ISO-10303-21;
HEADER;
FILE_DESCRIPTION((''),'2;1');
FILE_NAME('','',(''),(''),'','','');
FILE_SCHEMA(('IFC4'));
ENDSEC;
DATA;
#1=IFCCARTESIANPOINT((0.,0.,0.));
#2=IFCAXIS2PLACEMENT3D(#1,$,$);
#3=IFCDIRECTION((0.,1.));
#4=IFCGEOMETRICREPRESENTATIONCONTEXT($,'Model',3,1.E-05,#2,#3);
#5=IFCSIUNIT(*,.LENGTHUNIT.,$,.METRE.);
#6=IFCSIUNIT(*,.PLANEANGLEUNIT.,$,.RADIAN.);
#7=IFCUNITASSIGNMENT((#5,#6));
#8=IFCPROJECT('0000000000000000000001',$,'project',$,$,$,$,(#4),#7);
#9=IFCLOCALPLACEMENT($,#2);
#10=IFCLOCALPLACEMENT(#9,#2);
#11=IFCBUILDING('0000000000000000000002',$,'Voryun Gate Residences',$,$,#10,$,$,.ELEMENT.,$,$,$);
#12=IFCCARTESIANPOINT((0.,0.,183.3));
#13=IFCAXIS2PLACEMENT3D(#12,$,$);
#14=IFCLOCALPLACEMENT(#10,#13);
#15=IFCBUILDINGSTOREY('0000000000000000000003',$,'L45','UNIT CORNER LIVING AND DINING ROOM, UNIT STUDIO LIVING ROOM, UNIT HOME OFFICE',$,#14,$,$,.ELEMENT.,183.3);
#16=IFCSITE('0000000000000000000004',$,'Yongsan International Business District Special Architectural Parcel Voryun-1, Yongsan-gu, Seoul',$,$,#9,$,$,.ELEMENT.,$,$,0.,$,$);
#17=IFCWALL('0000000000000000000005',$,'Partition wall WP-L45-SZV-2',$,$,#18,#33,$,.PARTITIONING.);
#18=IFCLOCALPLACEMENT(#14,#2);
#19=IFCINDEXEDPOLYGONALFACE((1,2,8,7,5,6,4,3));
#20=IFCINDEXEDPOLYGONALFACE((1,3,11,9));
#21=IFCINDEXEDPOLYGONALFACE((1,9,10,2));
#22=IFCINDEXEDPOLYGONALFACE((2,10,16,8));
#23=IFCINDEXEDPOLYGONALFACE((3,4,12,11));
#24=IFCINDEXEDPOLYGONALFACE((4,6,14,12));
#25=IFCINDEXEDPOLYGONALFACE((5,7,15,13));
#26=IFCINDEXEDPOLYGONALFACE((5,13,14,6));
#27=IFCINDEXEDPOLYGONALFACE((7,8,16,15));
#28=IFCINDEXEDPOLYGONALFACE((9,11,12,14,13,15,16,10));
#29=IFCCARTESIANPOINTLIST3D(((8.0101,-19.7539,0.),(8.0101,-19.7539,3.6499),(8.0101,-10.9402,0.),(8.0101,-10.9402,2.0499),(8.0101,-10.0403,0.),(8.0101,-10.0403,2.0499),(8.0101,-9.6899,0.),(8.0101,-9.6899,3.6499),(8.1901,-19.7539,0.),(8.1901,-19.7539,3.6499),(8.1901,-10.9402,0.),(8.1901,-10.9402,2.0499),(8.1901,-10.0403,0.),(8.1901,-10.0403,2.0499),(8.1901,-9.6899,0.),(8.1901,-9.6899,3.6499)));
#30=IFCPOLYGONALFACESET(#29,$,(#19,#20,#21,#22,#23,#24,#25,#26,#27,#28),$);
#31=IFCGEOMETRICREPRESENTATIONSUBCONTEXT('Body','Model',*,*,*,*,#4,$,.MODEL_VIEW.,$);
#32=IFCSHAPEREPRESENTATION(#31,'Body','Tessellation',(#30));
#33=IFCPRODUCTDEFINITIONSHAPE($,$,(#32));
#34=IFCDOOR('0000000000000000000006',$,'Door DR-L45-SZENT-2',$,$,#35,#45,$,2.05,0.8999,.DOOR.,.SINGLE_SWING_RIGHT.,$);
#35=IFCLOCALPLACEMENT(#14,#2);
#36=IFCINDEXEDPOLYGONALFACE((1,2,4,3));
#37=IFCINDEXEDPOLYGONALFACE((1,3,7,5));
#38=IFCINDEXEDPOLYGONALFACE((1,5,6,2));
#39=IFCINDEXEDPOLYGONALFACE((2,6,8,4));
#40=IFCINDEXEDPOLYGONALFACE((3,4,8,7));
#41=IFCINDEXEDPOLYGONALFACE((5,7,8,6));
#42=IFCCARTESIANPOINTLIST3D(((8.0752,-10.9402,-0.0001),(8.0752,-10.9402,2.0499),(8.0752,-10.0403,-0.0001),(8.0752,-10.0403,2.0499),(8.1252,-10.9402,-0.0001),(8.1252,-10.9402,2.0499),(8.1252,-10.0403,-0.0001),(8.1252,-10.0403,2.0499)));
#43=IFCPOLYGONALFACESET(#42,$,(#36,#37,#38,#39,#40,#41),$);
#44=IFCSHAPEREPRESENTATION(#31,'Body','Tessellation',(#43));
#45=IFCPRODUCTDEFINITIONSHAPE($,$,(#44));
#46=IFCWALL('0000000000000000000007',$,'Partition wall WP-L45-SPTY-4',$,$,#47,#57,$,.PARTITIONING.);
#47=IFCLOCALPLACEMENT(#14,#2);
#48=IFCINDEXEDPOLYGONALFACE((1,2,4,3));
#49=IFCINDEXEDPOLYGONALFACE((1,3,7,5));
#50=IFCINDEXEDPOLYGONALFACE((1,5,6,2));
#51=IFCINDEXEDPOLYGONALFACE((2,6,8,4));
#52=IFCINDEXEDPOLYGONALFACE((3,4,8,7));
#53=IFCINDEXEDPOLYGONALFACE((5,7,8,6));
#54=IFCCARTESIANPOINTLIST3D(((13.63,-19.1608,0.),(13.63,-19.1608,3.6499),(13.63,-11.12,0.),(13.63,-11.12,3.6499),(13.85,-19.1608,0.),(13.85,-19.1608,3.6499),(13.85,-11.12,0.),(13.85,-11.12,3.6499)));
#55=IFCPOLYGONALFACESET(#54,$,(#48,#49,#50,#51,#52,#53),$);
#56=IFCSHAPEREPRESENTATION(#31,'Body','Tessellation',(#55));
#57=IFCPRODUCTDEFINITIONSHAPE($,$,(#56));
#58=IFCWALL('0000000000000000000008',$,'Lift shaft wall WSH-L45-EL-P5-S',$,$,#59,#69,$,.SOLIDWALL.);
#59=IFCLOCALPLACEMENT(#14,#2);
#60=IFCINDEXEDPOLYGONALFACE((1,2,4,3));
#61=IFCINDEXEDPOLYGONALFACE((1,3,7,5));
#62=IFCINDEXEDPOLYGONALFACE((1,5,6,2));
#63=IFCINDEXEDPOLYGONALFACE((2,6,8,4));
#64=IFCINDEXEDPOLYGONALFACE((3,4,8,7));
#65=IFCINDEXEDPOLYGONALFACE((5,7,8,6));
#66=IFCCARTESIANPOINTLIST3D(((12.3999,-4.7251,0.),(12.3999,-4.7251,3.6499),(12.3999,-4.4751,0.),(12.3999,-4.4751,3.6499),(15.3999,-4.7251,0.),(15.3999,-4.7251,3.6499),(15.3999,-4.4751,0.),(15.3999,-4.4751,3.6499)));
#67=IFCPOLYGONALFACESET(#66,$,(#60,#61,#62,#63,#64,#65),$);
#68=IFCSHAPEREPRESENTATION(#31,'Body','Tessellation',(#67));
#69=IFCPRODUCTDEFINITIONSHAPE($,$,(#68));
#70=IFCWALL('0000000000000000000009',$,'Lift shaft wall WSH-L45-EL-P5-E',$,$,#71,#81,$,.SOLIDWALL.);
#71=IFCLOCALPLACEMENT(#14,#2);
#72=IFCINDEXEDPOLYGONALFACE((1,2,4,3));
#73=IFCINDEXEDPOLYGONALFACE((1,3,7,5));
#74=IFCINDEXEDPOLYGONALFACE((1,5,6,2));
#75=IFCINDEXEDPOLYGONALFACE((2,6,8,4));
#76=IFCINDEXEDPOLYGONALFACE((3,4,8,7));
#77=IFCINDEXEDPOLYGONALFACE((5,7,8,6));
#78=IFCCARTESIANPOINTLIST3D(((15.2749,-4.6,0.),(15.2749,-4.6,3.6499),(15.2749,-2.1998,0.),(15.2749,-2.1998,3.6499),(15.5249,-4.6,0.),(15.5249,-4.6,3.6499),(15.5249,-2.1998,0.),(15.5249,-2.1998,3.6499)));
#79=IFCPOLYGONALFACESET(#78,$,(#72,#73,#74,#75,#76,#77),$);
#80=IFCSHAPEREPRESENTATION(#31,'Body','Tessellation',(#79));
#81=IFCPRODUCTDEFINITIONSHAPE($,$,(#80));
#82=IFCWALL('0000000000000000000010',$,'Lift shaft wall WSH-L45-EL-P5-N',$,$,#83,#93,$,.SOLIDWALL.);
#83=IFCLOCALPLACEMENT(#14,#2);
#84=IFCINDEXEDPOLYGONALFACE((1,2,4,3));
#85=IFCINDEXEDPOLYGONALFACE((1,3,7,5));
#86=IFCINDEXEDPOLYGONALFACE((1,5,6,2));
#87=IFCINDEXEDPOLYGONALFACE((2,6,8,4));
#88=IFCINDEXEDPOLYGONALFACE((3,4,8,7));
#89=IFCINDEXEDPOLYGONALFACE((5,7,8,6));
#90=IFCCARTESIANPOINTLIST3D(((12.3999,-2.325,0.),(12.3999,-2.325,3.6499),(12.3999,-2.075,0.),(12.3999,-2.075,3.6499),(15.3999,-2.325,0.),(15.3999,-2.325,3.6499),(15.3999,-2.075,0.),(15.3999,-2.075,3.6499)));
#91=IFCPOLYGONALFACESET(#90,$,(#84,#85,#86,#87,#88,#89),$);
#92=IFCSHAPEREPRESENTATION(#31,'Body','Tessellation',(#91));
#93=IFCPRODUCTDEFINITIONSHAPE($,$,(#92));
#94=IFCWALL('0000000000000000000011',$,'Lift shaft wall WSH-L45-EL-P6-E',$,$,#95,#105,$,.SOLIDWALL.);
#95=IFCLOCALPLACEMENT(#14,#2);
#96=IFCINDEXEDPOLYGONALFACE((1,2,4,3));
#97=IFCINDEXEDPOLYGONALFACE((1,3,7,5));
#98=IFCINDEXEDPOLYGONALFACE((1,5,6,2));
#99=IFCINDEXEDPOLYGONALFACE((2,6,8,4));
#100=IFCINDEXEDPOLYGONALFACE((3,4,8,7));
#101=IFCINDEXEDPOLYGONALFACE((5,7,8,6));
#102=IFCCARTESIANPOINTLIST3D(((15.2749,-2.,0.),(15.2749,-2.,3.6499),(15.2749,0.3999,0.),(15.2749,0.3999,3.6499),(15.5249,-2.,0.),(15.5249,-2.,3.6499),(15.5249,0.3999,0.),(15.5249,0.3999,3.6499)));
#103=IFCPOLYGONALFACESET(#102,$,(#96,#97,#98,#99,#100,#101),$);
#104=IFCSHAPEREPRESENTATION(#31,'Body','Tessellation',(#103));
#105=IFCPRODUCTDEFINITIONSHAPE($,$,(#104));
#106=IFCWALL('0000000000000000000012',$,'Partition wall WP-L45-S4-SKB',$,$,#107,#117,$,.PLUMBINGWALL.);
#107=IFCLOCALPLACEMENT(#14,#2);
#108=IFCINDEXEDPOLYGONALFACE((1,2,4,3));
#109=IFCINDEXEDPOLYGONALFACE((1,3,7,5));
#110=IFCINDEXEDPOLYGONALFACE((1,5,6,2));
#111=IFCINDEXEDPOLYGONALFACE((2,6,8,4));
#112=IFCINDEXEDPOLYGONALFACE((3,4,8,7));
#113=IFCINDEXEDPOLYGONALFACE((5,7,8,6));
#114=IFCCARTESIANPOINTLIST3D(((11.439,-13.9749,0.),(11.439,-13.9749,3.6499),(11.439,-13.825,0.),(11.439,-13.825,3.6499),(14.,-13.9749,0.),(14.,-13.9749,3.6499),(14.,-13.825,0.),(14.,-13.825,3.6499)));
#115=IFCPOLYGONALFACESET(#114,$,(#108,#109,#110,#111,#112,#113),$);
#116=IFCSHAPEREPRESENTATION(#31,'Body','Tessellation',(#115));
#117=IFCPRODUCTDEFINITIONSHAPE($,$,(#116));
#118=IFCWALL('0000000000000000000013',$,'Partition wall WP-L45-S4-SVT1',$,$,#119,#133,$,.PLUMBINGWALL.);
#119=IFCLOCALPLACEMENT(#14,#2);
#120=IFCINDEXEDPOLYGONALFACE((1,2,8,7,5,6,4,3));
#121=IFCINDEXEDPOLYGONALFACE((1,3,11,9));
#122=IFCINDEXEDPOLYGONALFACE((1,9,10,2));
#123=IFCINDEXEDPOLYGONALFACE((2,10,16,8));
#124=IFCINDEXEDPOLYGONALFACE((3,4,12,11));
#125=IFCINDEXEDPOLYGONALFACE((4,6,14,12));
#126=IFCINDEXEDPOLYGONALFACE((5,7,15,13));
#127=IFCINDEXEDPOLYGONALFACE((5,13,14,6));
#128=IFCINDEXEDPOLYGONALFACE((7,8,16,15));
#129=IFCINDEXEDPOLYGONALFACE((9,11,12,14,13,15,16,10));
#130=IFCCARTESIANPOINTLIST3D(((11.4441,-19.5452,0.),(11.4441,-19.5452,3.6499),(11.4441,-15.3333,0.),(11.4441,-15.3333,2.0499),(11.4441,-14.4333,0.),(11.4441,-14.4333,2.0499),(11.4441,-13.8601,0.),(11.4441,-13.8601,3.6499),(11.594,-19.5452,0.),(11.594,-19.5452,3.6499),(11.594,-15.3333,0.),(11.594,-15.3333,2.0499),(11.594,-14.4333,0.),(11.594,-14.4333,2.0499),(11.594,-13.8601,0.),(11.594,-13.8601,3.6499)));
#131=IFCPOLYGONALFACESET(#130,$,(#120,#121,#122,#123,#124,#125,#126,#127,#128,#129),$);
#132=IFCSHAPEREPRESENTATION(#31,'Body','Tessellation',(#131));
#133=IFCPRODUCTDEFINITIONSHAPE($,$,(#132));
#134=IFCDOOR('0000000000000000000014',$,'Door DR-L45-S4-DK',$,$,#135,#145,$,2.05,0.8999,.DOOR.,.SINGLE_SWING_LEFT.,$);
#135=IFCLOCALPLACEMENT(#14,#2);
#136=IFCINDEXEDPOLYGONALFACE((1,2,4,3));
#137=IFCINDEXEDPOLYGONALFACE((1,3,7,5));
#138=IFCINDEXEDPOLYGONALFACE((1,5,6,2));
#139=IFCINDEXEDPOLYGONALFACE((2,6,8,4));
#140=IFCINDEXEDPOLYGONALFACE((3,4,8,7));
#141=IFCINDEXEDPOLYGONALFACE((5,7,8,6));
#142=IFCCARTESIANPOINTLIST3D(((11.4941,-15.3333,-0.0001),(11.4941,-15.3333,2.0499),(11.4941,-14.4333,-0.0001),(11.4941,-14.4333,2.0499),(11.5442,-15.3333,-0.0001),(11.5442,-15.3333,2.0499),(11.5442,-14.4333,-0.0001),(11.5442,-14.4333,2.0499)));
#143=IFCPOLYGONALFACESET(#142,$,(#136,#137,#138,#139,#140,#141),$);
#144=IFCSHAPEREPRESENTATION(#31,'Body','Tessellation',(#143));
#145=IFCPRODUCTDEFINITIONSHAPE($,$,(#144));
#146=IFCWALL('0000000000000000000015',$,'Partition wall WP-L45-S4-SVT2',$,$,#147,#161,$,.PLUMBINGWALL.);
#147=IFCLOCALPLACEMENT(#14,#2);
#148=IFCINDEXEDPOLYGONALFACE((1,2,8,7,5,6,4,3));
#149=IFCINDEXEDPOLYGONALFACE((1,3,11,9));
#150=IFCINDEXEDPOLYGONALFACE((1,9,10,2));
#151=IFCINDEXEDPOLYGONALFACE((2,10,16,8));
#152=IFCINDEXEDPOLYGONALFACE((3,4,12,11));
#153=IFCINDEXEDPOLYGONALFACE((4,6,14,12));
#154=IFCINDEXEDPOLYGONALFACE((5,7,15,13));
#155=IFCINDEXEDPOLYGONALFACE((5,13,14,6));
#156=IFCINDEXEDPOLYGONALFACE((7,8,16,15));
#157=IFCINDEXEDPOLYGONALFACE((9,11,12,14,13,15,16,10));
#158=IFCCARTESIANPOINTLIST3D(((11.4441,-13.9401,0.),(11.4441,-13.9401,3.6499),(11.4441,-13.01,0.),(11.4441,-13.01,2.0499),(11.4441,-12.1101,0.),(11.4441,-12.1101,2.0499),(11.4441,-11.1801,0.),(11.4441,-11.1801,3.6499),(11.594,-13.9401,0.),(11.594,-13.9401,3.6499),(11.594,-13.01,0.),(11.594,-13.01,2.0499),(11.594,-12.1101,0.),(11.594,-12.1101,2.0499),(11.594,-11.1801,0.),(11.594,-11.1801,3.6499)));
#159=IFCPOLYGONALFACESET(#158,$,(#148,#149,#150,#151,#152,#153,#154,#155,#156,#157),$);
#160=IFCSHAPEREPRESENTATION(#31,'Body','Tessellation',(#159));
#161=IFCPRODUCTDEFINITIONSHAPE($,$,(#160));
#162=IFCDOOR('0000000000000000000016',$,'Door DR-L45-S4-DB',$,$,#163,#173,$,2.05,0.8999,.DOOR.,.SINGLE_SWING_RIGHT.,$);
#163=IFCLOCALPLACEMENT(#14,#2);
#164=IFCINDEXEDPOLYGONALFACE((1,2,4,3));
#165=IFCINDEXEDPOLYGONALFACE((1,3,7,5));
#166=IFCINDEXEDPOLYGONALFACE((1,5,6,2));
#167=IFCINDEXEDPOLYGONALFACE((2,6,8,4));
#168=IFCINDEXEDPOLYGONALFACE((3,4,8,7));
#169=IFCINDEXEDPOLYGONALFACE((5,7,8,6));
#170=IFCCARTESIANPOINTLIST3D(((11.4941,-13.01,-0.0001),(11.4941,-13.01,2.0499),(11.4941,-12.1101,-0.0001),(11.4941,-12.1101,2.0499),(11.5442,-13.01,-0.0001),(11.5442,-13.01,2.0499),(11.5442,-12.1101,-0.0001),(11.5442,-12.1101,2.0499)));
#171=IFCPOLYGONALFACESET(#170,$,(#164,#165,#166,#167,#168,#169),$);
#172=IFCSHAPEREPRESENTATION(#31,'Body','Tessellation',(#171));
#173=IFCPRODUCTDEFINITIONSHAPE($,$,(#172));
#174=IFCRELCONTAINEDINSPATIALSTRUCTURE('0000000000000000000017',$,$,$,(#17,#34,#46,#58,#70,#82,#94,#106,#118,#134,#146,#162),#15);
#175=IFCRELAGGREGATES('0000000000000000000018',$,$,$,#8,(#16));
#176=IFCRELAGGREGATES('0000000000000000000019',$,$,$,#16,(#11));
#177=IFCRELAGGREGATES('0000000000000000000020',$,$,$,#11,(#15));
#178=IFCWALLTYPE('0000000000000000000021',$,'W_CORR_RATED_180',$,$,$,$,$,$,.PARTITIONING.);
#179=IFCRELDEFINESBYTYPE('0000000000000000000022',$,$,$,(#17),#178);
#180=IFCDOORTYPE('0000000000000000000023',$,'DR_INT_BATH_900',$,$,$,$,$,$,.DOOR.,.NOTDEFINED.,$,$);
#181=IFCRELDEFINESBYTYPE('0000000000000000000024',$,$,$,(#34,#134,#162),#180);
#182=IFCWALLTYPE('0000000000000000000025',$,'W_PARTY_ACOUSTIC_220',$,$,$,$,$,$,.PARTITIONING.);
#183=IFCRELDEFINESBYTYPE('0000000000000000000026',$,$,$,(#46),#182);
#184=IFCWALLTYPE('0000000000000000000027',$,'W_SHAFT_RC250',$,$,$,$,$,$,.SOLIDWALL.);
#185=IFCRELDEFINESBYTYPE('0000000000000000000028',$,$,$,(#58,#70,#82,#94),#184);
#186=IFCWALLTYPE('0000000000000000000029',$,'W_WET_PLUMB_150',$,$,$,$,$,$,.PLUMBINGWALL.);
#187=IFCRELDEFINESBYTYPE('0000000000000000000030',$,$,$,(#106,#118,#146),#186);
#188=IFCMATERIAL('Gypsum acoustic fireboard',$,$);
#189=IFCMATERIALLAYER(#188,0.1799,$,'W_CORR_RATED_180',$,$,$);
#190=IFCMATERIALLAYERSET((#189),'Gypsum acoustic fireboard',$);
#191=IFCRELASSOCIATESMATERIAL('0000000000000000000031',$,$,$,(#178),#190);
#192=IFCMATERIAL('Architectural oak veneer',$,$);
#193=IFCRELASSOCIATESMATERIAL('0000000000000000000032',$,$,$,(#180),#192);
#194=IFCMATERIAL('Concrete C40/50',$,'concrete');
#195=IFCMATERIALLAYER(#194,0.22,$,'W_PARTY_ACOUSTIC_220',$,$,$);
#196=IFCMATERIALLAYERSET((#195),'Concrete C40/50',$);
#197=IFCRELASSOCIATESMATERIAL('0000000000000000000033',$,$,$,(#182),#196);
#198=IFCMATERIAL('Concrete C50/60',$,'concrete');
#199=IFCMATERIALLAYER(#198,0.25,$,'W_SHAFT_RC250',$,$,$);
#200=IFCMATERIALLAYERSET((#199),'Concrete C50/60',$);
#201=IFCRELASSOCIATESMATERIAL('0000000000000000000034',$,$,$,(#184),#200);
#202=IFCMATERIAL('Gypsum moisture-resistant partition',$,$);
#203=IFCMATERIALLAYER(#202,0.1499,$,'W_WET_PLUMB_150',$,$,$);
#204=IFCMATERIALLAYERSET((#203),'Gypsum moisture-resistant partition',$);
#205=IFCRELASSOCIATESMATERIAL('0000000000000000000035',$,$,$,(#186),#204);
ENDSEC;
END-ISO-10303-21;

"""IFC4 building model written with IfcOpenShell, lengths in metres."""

from ifc_helpers import new_model, si_unit, direction, frame, frame_2d, origin, place, context, subcontext, project, spatial, rectangle, extrude, material, layer, layer_set, type_object, element, fill, save


model = new_model("IFC4")

# Units and contexts
model_context = context("Model", 3, precision=1e-05, world=origin(), true_north=direction((0.0, 1.0)))
body_context = subcontext(model_context, "Body", "Model", "MODEL_VIEW")
ifc_project = project(units=[si_unit("LENGTHUNIT", "METRE"), si_unit("PLANEANGLEUNIT", "RADIAN")], contexts=[model_context])

# Site, building, storey
site_placement = place(None, origin())
site = spatial("IfcSite", under=ifc_project, at=site_placement, Name="Yongsan International Business District Special Architectural Parcel Voryun-1, Yongsan-gu, Seoul", CompositionType="ELEMENT", RefElevation=0.0)
building_placement = place(site_placement, origin())
building = spatial("IfcBuilding", under=site, at=building_placement, Name="Voryun Gate Residences", CompositionType="ELEMENT")
storey_placement = place(building_placement, frame((0.0, 0.0, 183.3)))
storey = spatial("IfcBuildingStorey", under=building, at=storey_placement, Name="L45", Description="UNIT CORNER LIVING AND DINING ROOM, UNIT STUDIO LIVING ROOM, UNIT HOME OFFICE", CompositionType="ELEMENT", Elevation=183.3)

# Shared definitions
ifc_material_1 = material(Name="Gypsum acoustic fireboard")
ifc_layer_1 = layer(ifc_material_1, 0.1799, Name="W_CORR_RATED_180")
ifc_layer_set_1 = layer_set([ifc_layer_1], Name="Gypsum acoustic fireboard")
wall_type_1 = type_object("IfcWallType", Name="W_CORR_RATED_180", PredefinedType="PARTITIONING", material=ifc_layer_set_1)

# Wall, opening, door
wall_1_placement = place(storey_placement, frame((8.1001, -19.7539, 0.0), z_axis=(0.0, 0.0, 1.0), x_axis=(0.0, 1.0, 0.0)))
wall_1 = element("IfcWall", 1, at=wall_1_placement, inside=storey, type_object=wall_type_1, Name="Partition wall WP-L45-SZV-2", PredefinedType="PARTITIONING", context=body_context, shape_type="SweptSolid", body=[
    extrude(rectangle(XDim=10.064, YDim=0.1799, at=frame_2d((5.032, 0.0))), origin(), (0.0, 0.0, 1.0), 3.6499),
])
opening_1_placement = place(wall_1_placement, frame((8.8137, 0.0, 0.0)))
opening_1 = element("IfcOpeningElement", 2, at=opening_1_placement, cuts=wall_1, PredefinedType="OPENING", context=body_context, shape_type="SweptSolid", body=[
    extrude(rectangle(XDim=0.8999, YDim=2.05, at=frame_2d((0.45, 1.0249))), frame((0.0, 0.0999, 0.0), z_axis=(0.0, -1.0, 0.0), x_axis=(1.0, 0.0, 0.0)), (0.0, 0.0, 1.0), 0.2),
])
ifc_material_2 = material(Name="Architectural oak veneer")
door_type_1 = type_object("IfcDoorType", Name="DR_INT_BATH_900", OperationType="NOTDEFINED", PredefinedType="DOOR", material=ifc_material_2)
door_1_placement = place(opening_1_placement, origin())
door_1 = element("IfcDoor", 3, at=door_1_placement, inside=storey, type_object=door_type_1, Name="Door DR-L45-SZENT-2", OperationType="SINGLE_SWING_RIGHT", OverallHeight=2.05, OverallWidth=0.8999, PredefinedType="DOOR", context=body_context, shape_type="SweptSolid", body=[
    extrude(rectangle(XDim=0.8999, YDim=2.05, at=frame_2d((0.45, 1.0249))), frame((0.0, 0.0249, 0.0), z_axis=(0.0, -1.0, 0.0), x_axis=(1.0, 0.0, 0.0)), (0.0, 0.0, 1.0), 0.05),
])
fill(opening_1, door_1)

# Walls
ifc_material_3 = material(Name="Concrete C40/50", Category="concrete")
ifc_layer_2 = layer(ifc_material_3, 0.22, Name="W_PARTY_ACOUSTIC_220")
ifc_layer_set_2 = layer_set([ifc_layer_2], Name="Concrete C40/50")
wall_type_2 = type_object("IfcWallType", Name="W_PARTY_ACOUSTIC_220", PredefinedType="PARTITIONING", material=ifc_layer_set_2)
wall_2_placement = place(storey_placement, frame((13.74, -19.1609, 0.0), z_axis=(0.0, 0.0, 1.0), x_axis=(0.0, 1.0, 0.0)))
element("IfcWall", 4, at=wall_2_placement, inside=storey, type_object=wall_type_2, Name="Partition wall WP-L45-SPTY-4", PredefinedType="PARTITIONING", context=body_context, shape_type="SweptSolid", body=[
    extrude(rectangle(XDim=8.0408, YDim=0.22, at=frame_2d((4.0205, 0.0))), origin(), (0.0, 0.0, 1.0), 3.6499),
])
ifc_material_4 = material(Name="Concrete C50/60", Category="concrete")
ifc_layer_3 = layer(ifc_material_4, 0.25, Name="W_SHAFT_RC250")
ifc_layer_set_3 = layer_set([ifc_layer_3], Name="Concrete C50/60")
wall_type_3 = type_object("IfcWallType", Name="W_SHAFT_RC250", PredefinedType="SOLIDWALL", material=ifc_layer_set_3)
wall_3_placement = place(storey_placement, frame((12.3999, -4.6001, 0.0), z_axis=(0.0, 0.0, 1.0), x_axis=(1.0, 0.0, 0.0)))
element("IfcWall", 5, at=wall_3_placement, inside=storey, type_object=wall_type_3, Name="Lift shaft wall WSH-L45-EL-P5-S", PredefinedType="SOLIDWALL", context=body_context, shape_type="SweptSolid", body=[
    extrude(rectangle(XDim=3.0, YDim=0.25, at=frame_2d((1.5, 0.0))), origin(), (0.0, 0.0, 1.0), 3.6499),
])
wall_4_placement = place(storey_placement, frame((15.3999, -4.6001, 0.0), z_axis=(0.0, 0.0, 1.0), x_axis=(0.0, 1.0, 0.0)))
element("IfcWall", 6, at=wall_4_placement, inside=storey, type_object=wall_type_3, Name="Lift shaft wall WSH-L45-EL-P5-E", PredefinedType="SOLIDWALL", context=body_context, shape_type="SweptSolid", body=[
    extrude(rectangle(XDim=2.4001, YDim=0.25, at=frame_2d((1.2002, 0.0))), origin(), (0.0, 0.0, 1.0), 3.6499),
])
wall_5_placement = place(storey_placement, frame((15.3999, -2.2, 0.0), z_axis=(0.0, 0.0, 1.0), x_axis=(-1.0, 0.0, 0.0)))
element("IfcWall", 7, at=wall_5_placement, inside=storey, type_object=wall_type_3, Name="Lift shaft wall WSH-L45-EL-P5-N", PredefinedType="SOLIDWALL", context=body_context, shape_type="SweptSolid", body=[
    extrude(rectangle(XDim=3.0, YDim=0.25, at=frame_2d((1.5, 0.0))), origin(), (0.0, 0.0, 1.0), 3.6499),
])
wall_6_placement = place(storey_placement, frame((15.3999, -2.0, 0.0), z_axis=(0.0, 0.0, 1.0), x_axis=(0.0, 1.0, 0.0)))
element("IfcWall", 8, at=wall_6_placement, inside=storey, type_object=wall_type_3, Name="Lift shaft wall WSH-L45-EL-P6-E", PredefinedType="SOLIDWALL", context=body_context, shape_type="SweptSolid", body=[
    extrude(rectangle(XDim=2.3999, YDim=0.25, at=frame_2d((1.2, 0.0))), origin(), (0.0, 0.0, 1.0), 3.6499),
])
ifc_material_5 = material(Name="Gypsum moisture-resistant partition")
ifc_layer_4 = layer(ifc_material_5, 0.1499, Name="W_WET_PLUMB_150")
ifc_layer_set_4 = layer_set([ifc_layer_4], Name="Gypsum moisture-resistant partition")
wall_type_4 = type_object("IfcWallType", Name="W_WET_PLUMB_150", PredefinedType="PLUMBINGWALL", material=ifc_layer_set_4)
wall_7_placement = place(storey_placement, frame((11.439, -13.8999, 0.0), z_axis=(0.0, 0.0, 1.0), x_axis=(1.0, 0.0, 0.0)))
element("IfcWall", 9, at=wall_7_placement, inside=storey, type_object=wall_type_4, Name="Partition wall WP-L45-S4-SKB", PredefinedType="PLUMBINGWALL", context=body_context, shape_type="SweptSolid", body=[
    extrude(rectangle(XDim=2.561, YDim=0.1499, at=frame_2d((1.2805, 0.0))), origin(), (0.0, 0.0, 1.0), 3.6499),
])

# Walls, openings, doors
wall_8_placement = place(storey_placement, frame((11.519, -19.5452, 0.0), z_axis=(0.0, 0.0, 1.0), x_axis=(0.0, 1.0, 0.0)))
wall_8 = element("IfcWall", 10, at=wall_8_placement, inside=storey, type_object=wall_type_4, Name="Partition wall WP-L45-S4-SVT1", PredefinedType="PLUMBINGWALL", context=body_context, shape_type="SweptSolid", body=[
    extrude(rectangle(XDim=5.6851, YDim=0.1499, at=frame_2d((2.8425, 0.0))), origin(), (0.0, 0.0, 1.0), 3.6499),
])
opening_2_placement = place(wall_8_placement, frame((4.2119, 0.0, 0.0)))
opening_2 = element("IfcOpeningElement", 11, at=opening_2_placement, cuts=wall_8, PredefinedType="OPENING", context=body_context, shape_type="SweptSolid", body=[
    extrude(rectangle(XDim=0.8999, YDim=2.05, at=frame_2d((0.45, 1.0249))), frame((0.0, 0.085, 0.0), z_axis=(0.0, -1.0, 0.0), x_axis=(1.0, 0.0, 0.0)), (0.0, 0.0, 1.0), 0.1699),
])
door_2_placement = place(opening_2_placement, origin())
door_2 = element("IfcDoor", 12, at=door_2_placement, inside=storey, type_object=door_type_1, Name="Door DR-L45-S4-DK", OperationType="SINGLE_SWING_LEFT", OverallHeight=2.05, OverallWidth=0.8999, PredefinedType="DOOR", context=body_context, shape_type="SweptSolid", body=[
    extrude(rectangle(XDim=0.8999, YDim=2.05, at=frame_2d((0.45, 1.0249))), frame((0.0, 0.0249, 0.0), z_axis=(0.0, -1.0, 0.0), x_axis=(1.0, 0.0, 0.0)), (0.0, 0.0, 1.0), 0.05),
])
fill(opening_2, door_2)
wall_9_placement = place(storey_placement, frame((11.519, -13.9399, 0.0), z_axis=(0.0, 0.0, 1.0), x_axis=(0.0, 1.0, 0.0)))
wall_9 = element("IfcWall", 13, at=wall_9_placement, inside=storey, type_object=wall_type_4, Name="Partition wall WP-L45-S4-SVT2", PredefinedType="PLUMBINGWALL", context=body_context, shape_type="SweptSolid", body=[
    extrude(rectangle(XDim=2.76, YDim=0.1499, at=frame_2d((1.3799, 0.0))), origin(), (0.0, 0.0, 1.0), 3.6499),
])
opening_3_placement = place(wall_9_placement, frame((0.9299, 0.0, 0.0)))
opening_3 = element("IfcOpeningElement", 14, at=opening_3_placement, cuts=wall_9, PredefinedType="OPENING", context=body_context, shape_type="SweptSolid", body=[
    extrude(rectangle(XDim=0.8999, YDim=2.05, at=frame_2d((0.45, 1.0249))), frame((0.0, 0.085, 0.0), z_axis=(0.0, -1.0, 0.0), x_axis=(1.0, 0.0, 0.0)), (0.0, 0.0, 1.0), 0.1699),
])
door_3_placement = place(opening_3_placement, origin())
door_3 = element("IfcDoor", 15, at=door_3_placement, inside=storey, type_object=door_type_1, Name="Door DR-L45-S4-DB", OperationType="SINGLE_SWING_RIGHT", OverallHeight=2.05, OverallWidth=0.8999, PredefinedType="DOOR", context=body_context, shape_type="SweptSolid", body=[
    extrude(rectangle(XDim=0.8999, YDim=2.05, at=frame_2d((0.45, 1.0249))), frame((0.0, 0.0249, 0.0), z_axis=(0.0, -1.0, 0.0), x_axis=(1.0, 0.0, 0.0)), (0.0, 0.0, 1.0), 0.05),
])
fill(opening_3, door_3)

save(model, "model.ifc")
